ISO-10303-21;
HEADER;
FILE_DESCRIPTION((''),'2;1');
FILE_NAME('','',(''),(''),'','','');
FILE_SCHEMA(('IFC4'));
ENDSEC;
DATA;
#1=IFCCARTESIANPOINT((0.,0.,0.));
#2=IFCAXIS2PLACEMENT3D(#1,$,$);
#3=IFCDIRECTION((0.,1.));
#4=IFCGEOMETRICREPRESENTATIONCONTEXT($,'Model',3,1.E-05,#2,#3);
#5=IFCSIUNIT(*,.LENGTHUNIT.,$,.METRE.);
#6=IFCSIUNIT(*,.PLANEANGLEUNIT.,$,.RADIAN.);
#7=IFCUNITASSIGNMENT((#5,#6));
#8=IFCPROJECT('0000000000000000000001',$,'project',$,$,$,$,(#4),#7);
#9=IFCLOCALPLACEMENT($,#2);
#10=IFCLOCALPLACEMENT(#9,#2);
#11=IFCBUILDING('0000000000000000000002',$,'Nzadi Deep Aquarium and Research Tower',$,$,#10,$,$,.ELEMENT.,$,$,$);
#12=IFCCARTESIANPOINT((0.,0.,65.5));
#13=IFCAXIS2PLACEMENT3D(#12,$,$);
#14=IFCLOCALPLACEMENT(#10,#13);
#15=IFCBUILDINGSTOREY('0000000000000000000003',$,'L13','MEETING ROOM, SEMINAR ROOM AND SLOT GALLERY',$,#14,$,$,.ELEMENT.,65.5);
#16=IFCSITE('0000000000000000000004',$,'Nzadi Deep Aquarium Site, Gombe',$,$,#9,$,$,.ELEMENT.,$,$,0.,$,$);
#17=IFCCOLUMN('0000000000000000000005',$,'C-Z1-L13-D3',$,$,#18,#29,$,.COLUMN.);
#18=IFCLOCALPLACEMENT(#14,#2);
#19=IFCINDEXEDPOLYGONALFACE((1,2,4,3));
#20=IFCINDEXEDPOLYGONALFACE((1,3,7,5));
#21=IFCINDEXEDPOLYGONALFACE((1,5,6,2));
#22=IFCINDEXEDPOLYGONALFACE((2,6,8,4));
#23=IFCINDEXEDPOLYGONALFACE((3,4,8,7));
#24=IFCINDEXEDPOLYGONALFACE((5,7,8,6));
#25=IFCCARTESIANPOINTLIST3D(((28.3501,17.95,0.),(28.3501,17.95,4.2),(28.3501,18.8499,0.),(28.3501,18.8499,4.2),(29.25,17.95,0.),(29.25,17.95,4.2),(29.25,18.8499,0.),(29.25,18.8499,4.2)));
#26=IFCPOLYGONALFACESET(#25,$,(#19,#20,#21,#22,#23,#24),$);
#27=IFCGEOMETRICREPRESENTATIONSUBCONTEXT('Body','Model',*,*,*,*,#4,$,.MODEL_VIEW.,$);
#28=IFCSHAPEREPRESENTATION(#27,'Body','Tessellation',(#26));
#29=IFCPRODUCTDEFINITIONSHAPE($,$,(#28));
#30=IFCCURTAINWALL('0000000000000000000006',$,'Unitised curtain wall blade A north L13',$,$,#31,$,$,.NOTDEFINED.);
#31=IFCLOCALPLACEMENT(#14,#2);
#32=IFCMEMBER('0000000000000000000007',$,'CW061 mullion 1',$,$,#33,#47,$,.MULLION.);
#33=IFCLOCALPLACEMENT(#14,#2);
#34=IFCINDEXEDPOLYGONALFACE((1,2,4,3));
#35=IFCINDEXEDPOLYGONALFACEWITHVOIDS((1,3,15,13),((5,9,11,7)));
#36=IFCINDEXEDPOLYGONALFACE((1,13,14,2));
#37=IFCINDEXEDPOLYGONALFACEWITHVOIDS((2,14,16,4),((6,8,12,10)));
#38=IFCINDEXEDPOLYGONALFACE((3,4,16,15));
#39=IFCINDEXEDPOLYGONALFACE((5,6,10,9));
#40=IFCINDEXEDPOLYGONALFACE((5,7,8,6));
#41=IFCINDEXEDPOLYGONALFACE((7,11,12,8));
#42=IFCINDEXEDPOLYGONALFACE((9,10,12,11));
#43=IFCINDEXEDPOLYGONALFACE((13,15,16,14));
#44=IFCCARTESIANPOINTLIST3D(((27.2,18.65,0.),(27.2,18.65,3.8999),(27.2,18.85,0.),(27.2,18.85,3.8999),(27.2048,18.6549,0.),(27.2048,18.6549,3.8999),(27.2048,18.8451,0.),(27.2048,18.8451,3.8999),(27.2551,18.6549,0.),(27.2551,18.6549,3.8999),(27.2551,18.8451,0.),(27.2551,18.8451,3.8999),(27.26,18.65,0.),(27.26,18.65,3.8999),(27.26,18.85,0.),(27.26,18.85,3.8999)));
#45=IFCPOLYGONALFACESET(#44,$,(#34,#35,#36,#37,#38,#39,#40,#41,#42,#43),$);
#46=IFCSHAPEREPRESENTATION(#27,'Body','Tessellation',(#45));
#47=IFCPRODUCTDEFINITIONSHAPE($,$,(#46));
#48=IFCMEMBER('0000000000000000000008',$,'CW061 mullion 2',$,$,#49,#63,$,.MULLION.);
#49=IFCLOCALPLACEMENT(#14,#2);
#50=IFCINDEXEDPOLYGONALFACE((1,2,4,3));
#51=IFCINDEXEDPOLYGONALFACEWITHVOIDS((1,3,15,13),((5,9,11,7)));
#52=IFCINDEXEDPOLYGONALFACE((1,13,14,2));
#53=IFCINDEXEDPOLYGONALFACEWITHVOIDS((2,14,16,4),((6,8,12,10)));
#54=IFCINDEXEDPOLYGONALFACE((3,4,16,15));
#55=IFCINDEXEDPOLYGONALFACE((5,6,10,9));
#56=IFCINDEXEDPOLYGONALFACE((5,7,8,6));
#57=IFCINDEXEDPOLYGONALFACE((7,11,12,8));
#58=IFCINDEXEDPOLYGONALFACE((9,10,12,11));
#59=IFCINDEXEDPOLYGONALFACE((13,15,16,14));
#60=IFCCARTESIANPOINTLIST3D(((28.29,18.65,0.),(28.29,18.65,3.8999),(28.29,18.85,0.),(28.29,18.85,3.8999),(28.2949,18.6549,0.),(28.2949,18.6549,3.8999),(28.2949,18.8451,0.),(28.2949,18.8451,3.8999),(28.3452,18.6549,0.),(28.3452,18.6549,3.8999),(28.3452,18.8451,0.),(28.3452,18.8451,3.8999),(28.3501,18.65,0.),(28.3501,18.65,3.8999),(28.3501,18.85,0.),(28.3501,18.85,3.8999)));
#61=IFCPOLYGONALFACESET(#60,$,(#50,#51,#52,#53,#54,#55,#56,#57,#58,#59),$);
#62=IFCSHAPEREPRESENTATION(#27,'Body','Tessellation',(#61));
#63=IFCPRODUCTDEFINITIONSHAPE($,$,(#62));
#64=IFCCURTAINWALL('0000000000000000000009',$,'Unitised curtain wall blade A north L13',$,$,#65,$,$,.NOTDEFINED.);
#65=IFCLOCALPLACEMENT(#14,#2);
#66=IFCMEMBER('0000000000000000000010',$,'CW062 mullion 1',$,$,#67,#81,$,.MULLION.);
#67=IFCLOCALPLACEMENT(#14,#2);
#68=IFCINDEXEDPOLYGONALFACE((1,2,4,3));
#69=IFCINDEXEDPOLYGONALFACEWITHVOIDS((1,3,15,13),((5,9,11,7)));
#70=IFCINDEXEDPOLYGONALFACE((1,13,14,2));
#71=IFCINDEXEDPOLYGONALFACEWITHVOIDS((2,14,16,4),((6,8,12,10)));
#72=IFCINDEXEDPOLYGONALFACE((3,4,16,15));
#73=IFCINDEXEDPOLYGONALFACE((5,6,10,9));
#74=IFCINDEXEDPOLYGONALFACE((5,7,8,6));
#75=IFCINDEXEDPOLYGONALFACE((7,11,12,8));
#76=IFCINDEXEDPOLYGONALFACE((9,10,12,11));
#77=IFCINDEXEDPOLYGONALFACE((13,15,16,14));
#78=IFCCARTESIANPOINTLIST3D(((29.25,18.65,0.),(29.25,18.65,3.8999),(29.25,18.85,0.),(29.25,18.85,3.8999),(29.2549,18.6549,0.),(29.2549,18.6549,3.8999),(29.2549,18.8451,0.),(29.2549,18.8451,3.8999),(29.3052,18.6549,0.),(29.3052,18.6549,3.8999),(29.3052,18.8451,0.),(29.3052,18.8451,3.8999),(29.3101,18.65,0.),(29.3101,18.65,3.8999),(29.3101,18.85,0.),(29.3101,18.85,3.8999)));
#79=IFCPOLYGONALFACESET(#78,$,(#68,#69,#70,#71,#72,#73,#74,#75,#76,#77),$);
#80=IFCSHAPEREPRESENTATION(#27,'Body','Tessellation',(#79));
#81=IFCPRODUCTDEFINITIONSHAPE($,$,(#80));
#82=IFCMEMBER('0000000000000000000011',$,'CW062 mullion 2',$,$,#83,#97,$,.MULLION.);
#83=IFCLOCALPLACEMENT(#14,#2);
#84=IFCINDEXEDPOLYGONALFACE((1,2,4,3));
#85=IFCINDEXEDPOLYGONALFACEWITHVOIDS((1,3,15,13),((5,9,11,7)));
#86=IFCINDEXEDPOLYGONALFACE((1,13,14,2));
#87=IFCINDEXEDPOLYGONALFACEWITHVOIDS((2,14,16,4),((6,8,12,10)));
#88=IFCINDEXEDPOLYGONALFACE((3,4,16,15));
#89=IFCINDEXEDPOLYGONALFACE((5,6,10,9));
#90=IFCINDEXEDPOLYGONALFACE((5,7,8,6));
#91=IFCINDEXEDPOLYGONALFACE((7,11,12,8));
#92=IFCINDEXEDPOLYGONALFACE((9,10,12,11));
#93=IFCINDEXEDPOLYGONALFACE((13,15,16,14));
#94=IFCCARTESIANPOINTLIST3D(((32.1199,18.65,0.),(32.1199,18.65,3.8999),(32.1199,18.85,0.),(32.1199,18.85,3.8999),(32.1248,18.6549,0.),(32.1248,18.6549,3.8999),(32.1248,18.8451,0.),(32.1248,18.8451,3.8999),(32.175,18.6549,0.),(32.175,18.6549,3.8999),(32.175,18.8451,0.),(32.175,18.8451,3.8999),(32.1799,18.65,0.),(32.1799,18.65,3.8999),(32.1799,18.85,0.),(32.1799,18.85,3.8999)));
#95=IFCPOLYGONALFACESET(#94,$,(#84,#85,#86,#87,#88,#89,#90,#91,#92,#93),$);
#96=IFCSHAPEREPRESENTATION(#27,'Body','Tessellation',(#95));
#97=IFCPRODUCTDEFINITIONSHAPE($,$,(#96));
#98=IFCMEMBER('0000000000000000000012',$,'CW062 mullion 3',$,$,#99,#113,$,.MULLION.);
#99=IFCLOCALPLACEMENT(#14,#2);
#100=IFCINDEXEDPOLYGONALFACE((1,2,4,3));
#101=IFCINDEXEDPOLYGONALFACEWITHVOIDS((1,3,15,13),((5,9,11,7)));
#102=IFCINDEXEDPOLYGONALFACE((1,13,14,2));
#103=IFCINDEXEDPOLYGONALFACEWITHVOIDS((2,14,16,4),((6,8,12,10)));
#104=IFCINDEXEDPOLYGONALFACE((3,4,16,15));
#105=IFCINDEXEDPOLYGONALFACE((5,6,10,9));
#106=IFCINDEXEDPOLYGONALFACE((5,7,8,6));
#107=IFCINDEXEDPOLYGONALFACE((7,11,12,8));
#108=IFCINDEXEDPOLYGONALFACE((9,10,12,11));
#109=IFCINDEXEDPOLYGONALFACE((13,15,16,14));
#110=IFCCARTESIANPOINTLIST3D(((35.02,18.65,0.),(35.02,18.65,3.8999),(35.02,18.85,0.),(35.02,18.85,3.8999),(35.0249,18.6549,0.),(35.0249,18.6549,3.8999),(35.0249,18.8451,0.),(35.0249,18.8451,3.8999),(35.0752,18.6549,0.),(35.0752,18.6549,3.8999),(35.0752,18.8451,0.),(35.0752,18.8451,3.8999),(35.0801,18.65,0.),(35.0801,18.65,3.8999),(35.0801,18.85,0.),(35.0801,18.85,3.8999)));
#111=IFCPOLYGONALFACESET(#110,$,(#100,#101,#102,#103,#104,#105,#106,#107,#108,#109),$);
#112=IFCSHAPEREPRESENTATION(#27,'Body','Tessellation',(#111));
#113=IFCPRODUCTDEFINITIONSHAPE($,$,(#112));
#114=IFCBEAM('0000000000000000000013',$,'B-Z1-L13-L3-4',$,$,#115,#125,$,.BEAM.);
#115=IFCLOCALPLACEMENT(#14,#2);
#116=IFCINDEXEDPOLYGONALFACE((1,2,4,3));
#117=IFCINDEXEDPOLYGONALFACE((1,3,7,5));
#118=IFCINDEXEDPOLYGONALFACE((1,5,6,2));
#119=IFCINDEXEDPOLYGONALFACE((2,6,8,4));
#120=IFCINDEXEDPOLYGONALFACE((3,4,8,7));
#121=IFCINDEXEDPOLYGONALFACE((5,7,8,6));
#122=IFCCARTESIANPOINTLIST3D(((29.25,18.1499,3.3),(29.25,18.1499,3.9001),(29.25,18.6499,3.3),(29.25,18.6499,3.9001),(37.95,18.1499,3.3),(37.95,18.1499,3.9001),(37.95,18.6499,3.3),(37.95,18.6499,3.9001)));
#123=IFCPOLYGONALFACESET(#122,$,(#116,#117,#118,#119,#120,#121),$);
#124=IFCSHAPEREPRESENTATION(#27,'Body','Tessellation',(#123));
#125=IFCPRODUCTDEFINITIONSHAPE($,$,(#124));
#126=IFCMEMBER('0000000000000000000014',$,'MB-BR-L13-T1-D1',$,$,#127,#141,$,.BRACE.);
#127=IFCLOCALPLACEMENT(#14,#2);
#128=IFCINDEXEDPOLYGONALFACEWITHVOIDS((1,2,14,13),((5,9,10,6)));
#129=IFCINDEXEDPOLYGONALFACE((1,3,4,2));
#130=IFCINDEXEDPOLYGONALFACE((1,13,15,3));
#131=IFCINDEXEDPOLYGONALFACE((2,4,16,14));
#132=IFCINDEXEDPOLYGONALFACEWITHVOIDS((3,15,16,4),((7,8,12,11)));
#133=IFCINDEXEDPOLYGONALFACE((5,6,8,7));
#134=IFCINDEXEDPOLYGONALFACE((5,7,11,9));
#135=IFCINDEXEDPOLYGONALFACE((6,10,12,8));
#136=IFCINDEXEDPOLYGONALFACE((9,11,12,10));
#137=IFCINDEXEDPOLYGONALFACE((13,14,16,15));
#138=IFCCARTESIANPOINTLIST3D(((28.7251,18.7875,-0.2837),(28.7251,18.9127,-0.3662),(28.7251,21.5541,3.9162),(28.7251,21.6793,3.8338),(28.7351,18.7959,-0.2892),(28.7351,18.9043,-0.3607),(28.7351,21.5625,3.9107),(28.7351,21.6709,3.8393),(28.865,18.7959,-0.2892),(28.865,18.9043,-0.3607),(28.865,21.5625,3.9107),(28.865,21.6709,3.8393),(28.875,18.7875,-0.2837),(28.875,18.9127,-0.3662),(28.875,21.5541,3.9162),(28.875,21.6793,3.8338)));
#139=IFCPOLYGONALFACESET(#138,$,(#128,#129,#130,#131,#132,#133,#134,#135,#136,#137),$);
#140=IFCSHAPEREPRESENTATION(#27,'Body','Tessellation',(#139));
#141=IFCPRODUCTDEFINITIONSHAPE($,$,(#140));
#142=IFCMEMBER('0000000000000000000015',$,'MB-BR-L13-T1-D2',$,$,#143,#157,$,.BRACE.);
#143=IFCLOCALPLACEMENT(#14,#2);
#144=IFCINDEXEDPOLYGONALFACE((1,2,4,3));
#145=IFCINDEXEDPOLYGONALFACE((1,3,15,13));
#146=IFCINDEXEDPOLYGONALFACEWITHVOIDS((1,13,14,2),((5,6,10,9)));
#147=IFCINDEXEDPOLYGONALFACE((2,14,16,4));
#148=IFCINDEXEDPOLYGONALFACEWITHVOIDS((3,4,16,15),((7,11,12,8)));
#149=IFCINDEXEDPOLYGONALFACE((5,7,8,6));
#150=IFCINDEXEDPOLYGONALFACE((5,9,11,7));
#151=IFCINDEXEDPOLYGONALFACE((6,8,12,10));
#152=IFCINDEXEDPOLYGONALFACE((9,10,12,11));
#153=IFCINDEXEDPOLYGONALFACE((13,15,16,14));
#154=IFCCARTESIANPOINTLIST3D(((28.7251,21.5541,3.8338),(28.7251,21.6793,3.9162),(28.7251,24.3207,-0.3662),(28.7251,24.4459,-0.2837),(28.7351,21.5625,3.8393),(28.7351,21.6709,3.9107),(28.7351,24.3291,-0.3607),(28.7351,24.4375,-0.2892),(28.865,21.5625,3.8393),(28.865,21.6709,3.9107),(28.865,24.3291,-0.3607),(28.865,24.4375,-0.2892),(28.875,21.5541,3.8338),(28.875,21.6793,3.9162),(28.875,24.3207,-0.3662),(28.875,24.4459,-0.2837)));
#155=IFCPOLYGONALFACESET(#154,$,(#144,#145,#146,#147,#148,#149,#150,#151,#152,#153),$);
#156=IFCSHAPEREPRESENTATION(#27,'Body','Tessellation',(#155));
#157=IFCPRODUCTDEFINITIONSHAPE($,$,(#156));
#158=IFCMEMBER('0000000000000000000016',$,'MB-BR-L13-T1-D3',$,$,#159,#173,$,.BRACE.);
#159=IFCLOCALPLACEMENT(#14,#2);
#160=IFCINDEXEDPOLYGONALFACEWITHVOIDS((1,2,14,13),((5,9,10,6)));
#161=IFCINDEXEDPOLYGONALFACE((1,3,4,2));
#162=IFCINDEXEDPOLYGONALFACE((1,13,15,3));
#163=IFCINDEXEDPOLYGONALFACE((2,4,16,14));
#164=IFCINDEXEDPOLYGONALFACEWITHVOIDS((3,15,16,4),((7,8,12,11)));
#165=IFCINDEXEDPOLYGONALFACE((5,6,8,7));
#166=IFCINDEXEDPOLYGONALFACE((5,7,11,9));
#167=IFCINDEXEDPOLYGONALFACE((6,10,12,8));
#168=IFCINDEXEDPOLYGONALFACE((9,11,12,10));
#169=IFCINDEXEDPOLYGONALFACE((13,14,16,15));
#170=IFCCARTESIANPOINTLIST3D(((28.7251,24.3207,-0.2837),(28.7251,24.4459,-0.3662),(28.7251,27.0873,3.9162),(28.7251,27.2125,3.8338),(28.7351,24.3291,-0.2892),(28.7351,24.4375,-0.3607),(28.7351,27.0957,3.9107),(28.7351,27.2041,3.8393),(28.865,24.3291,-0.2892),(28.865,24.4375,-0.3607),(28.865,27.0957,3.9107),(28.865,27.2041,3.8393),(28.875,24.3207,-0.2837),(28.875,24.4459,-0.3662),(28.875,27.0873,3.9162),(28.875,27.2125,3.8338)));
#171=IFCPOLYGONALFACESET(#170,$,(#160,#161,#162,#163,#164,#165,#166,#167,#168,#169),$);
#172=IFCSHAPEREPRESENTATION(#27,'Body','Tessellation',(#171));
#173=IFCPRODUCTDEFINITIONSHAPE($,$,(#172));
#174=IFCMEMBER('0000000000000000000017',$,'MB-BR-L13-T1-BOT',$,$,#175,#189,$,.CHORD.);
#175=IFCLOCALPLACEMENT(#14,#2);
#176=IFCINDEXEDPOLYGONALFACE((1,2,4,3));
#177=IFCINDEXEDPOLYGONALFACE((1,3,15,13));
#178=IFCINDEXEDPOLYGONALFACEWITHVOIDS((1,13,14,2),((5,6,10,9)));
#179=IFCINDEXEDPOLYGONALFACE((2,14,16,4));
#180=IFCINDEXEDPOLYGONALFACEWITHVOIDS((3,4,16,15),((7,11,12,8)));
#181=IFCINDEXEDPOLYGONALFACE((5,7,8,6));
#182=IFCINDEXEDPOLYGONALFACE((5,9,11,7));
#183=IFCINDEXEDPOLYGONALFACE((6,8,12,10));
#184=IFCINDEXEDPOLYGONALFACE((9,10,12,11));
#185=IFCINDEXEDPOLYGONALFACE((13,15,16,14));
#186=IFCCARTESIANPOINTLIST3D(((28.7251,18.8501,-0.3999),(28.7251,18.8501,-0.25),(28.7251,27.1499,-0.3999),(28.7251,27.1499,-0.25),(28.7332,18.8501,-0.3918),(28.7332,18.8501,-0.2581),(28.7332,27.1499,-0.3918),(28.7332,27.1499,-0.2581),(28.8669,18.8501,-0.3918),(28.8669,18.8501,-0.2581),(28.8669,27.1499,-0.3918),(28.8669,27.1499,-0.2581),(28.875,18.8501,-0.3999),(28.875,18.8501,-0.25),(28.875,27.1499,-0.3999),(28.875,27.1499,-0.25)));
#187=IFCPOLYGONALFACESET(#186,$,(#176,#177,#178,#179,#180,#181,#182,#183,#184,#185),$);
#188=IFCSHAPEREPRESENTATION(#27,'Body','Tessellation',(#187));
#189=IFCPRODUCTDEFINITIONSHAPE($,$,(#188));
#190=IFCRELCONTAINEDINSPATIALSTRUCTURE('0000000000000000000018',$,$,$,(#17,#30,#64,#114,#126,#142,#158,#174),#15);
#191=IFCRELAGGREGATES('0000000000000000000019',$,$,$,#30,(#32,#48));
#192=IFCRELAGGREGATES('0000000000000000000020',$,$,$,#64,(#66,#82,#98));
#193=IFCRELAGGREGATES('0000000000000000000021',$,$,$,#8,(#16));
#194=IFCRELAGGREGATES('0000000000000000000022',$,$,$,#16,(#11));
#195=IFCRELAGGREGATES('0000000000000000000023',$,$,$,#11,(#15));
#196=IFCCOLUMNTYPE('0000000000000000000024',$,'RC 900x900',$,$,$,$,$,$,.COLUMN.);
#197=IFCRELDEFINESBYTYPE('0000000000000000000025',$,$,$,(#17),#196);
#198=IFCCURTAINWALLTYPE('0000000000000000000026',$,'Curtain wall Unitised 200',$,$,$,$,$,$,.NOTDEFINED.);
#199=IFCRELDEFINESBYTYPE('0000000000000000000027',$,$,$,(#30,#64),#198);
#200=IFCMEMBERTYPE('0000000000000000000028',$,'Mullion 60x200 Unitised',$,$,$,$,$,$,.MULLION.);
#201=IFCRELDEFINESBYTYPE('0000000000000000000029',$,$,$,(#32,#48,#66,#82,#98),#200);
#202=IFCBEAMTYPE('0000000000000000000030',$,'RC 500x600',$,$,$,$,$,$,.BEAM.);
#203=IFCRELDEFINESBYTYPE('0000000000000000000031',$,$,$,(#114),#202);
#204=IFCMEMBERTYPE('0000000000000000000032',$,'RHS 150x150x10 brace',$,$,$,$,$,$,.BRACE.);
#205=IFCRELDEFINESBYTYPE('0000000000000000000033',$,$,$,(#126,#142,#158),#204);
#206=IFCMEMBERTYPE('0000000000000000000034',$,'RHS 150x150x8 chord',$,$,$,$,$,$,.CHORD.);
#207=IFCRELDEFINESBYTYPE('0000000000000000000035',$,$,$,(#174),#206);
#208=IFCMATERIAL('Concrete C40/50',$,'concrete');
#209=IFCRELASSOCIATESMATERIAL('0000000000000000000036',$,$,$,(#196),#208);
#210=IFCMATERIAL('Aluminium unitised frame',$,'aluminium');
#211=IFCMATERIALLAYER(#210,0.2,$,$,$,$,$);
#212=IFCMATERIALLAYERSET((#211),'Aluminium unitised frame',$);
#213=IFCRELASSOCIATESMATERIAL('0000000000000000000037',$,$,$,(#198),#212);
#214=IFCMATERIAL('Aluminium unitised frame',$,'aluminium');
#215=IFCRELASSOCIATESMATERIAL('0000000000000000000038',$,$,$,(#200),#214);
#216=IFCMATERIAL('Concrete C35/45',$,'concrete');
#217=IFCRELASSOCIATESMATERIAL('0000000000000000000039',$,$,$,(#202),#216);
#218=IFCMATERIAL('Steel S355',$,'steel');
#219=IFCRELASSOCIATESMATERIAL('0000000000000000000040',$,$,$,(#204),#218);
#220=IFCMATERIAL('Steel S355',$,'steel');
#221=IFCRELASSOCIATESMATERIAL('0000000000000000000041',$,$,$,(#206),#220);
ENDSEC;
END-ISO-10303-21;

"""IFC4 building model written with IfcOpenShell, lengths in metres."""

from ifc_helpers import new_model, si_unit, direction, frame, origin, origin_2d, place, context, subcontext, project, spatial, rectangle, hollow_rectangle, extrude, material, layer, layer_set, material_profile, profile_set, type_object, element, aggregate, save


model = new_model("IFC4")

# Units and contexts
model_context = context("Model", 3, precision=1e-05, world=origin(), true_north=direction((0.0, 1.0)))
body_context = subcontext(model_context, "Body", "Model", "MODEL_VIEW")
ifc_project = project(units=[si_unit("LENGTHUNIT", "METRE"), si_unit("PLANEANGLEUNIT", "RADIAN")], contexts=[model_context])

# Site, building, storey
site_placement = place(None, origin())
site = spatial("IfcSite", under=ifc_project, at=site_placement, Name="Nzadi Deep Aquarium Site, Gombe", CompositionType="ELEMENT", RefElevation=0.0)
building_placement = place(site_placement, origin())
building = spatial("IfcBuilding", under=site, at=building_placement, Name="Nzadi Deep Aquarium and Research Tower", CompositionType="ELEMENT")
storey_placement = place(building_placement, frame((0.0, 0.0, 65.5)))
storey = spatial("IfcBuildingStorey", under=building, at=storey_placement, Name="L13", Description="MEETING ROOM, SEMINAR ROOM AND SLOT GALLERY", CompositionType="ELEMENT", Elevation=65.5)

# Column
ifc_material_1 = material(Name="Concrete C40/50", Category="concrete")
ifc_material_profile_1 = material_profile(ifc_material_1, rectangle(XDim=0.8999, YDim=0.8999, at=origin_2d()))
ifc_profile_set_1 = profile_set([ifc_material_profile_1], Name="Concrete C40/50")
column_type = type_object("IfcColumnType", Name="RC 900x900", PredefinedType="COLUMN", material=ifc_profile_set_1)
column_placement = place(storey_placement, frame((28.8, 18.3999, 0.0), z_axis=(0.0, 0.0, 1.0), x_axis=(1.0, 0.0, 0.0)))
element("IfcColumn", 1, at=column_placement, inside=storey, type_object=column_type, Name="C-Z1-L13-D3", PredefinedType="COLUMN", context=body_context, shape_type="SweptSolid", body=[
    extrude(rectangle(XDim=0.8999, YDim=0.8999, at=origin_2d()), origin(), (0.0, 0.0, 1.0), 4.2),
])

# Curtain walls, members
ifc_material_2 = material(Name="Aluminium unitised frame", Category="aluminium")
ifc_layer_1 = layer(ifc_material_2, 0.2)
ifc_layer_set_1 = layer_set([ifc_layer_1], Name="Aluminium unitised frame")
curtain_wall_type = type_object("IfcCurtainWallType", Name="Curtain wall Unitised 200", PredefinedType="NOTDEFINED", material=ifc_layer_set_1)
curtain_wall_1_placement = place(storey_placement, origin())
curtain_wall_1 = element("IfcCurtainWall", 2, at=curtain_wall_1_placement, inside=storey, type_object=curtain_wall_type, Name="Unitised curtain wall blade A north L13", PredefinedType="NOTDEFINED")
ifc_material_3 = material(Name="Aluminium unitised frame", Category="aluminium")
ifc_material_profile_2 = material_profile(ifc_material_3, hollow_rectangle(XDim=0.2, YDim=0.0601, WallThickness=0.0049, at=origin_2d()))
ifc_profile_set_2 = profile_set([ifc_material_profile_2], Name="Aluminium unitised frame")
member_type_1 = type_object("IfcMemberType", Name="Mullion 60x200 Unitised", PredefinedType="MULLION", material=ifc_profile_set_2)
member_1_placement = place(storey_placement, frame((27.23, 18.75, 0.0), z_axis=(0.0, 0.0, 1.0), x_axis=(0.0, 1.0, 0.0)))
member_1 = element("IfcMember", 3, at=member_1_placement, type_object=member_type_1, Name="CW061 mullion 1", PredefinedType="MULLION", context=body_context, shape_type="SweptSolid", body=[
    extrude(hollow_rectangle(XDim=0.2, YDim=0.0601, WallThickness=0.0049, at=origin_2d()), origin(), (0.0, 0.0, 1.0), 3.8999),
])
member_2_placement = place(storey_placement, frame((28.3201, 18.75, 0.0), z_axis=(0.0, 0.0, 1.0), x_axis=(0.0, 1.0, 0.0)))
member_2 = element("IfcMember", 4, at=member_2_placement, type_object=member_type_1, Name="CW061 mullion 2", PredefinedType="MULLION", context=body_context, shape_type="SweptSolid", body=[
    extrude(hollow_rectangle(XDim=0.2, YDim=0.0601, WallThickness=0.0049, at=origin_2d()), origin(), (0.0, 0.0, 1.0), 3.8999),
])
curtain_wall_2_placement = place(storey_placement, origin())
curtain_wall_2 = element("IfcCurtainWall", 5, at=curtain_wall_2_placement, inside=storey, type_object=curtain_wall_type, Name="Unitised curtain wall blade A north L13", PredefinedType="NOTDEFINED")
member_3_placement = place(storey_placement, frame((29.28, 18.75, 0.0), z_axis=(0.0, 0.0, 1.0), x_axis=(0.0, 1.0, 0.0)))
member_3 = element("IfcMember", 6, at=member_3_placement, type_object=member_type_1, Name="CW062 mullion 1", PredefinedType="MULLION", context=body_context, shape_type="SweptSolid", body=[
    extrude(hollow_rectangle(XDim=0.2, YDim=0.0601, WallThickness=0.0049, at=origin_2d()), origin(), (0.0, 0.0, 1.0), 3.8999),
])
member_4_placement = place(storey_placement, frame((32.1499, 18.75, 0.0), z_axis=(0.0, 0.0, 1.0), x_axis=(0.0, 1.0, 0.0)))
member_4 = element("IfcMember", 7, at=member_4_placement, type_object=member_type_1, Name="CW062 mullion 2", PredefinedType="MULLION", context=body_context, shape_type="SweptSolid", body=[
    extrude(hollow_rectangle(XDim=0.2, YDim=0.0601, WallThickness=0.0049, at=origin_2d()), origin(), (0.0, 0.0, 1.0), 3.8999),
])
member_5_placement = place(storey_placement, frame((35.05, 18.75, 0.0), z_axis=(0.0, 0.0, 1.0), x_axis=(0.0, 1.0, 0.0)))
member_5 = element("IfcMember", 8, at=member_5_placement, type_object=member_type_1, Name="CW062 mullion 3", PredefinedType="MULLION", context=body_context, shape_type="SweptSolid", body=[
    extrude(hollow_rectangle(XDim=0.2, YDim=0.0601, WallThickness=0.0049, at=origin_2d()), origin(), (0.0, 0.0, 1.0), 3.8999),
])

# Beam
ifc_material_4 = material(Name="Concrete C35/45", Category="concrete")
ifc_material_profile_3 = material_profile(ifc_material_4, rectangle(XDim=0.5, YDim=0.6001, at=origin_2d()))
ifc_profile_set_3 = profile_set([ifc_material_profile_3], Name="Concrete C35/45")
beam_type = type_object("IfcBeamType", Name="RC 500x600", PredefinedType="BEAM", material=ifc_profile_set_3)
beam_placement = place(storey_placement, frame((29.25, 18.3999, 3.6001), z_axis=(1.0, 0.0, 0.0), x_axis=(0.0, 1.0, 0.0)))
element("IfcBeam", 9, at=beam_placement, inside=storey, type_object=beam_type, Name="B-Z1-L13-L3-4", PredefinedType="BEAM", context=body_context, shape_type="SweptSolid", body=[
    extrude(rectangle(XDim=0.5, YDim=0.6001, at=origin_2d()), origin(), (0.0, 0.0, 1.0), 8.7),
])

# Members
ifc_material_5 = material(Name="Steel S355", Category="steel")
ifc_material_profile_4 = material_profile(ifc_material_5, hollow_rectangle(XDim=0.1499, YDim=0.1499, WallThickness=0.01, at=origin_2d()))
ifc_profile_set_4 = profile_set([ifc_material_profile_4], Name="Steel S355")
member_type_2 = type_object("IfcMemberType", Name="RHS 150x150x10 brace", PredefinedType="BRACE", material=ifc_profile_set_4)
for number, where, z_axis, x_axis, name in (
    (10, (28.8, 18.8501, -0.325), (0.0, 0.550099, 0.8351), (-1.0, 0.0, 0.0), "MB-BR-L13-T1-D1"),
    (11, (28.8, 21.6167, 3.875), (0.0, 0.550099, -0.8351), (-1.0, 0.0, 0.0), "MB-BR-L13-T1-D2"),
    (12, (28.8, 24.3833, -0.325), (0.0, 0.550099, 0.8351), (-1.0, 0.0, 0.0), "MB-BR-L13-T1-D3"),
):
    element("IfcMember", number, at=place(storey_placement, frame(where, z_axis=z_axis, x_axis=x_axis)), inside=storey, type_object=member_type_2, Name=name, PredefinedType="BRACE", context=body_context, shape_type="SweptSolid", body=[
        extrude(hollow_rectangle(XDim=0.1499, YDim=0.1499, WallThickness=0.01, at=origin_2d()), origin(), (0.0, 0.0, 1.0), 5.0293),
    ])
ifc_material_6 = material(Name="Steel S355", Category="steel")
ifc_material_profile_5 = material_profile(ifc_material_6, hollow_rectangle(XDim=0.1499, YDim=0.1499, WallThickness=0.0081, at=origin_2d()))
ifc_profile_set_5 = profile_set([ifc_material_profile_5], Name="Steel S355")
member_type_3 = type_object("IfcMemberType", Name="RHS 150x150x8 chord", PredefinedType="CHORD", material=ifc_profile_set_5)
for number, where, z_axis, x_axis, name in (
    (13, (28.8, 18.8501, -0.325), (0.0, 1.0, 0.0), (-1.0, 0.0, 0.0), "MB-BR-L13-T1-BOT"),
):
    element("IfcMember", number, at=place(storey_placement, frame(where, z_axis=z_axis, x_axis=x_axis)), inside=storey, type_object=member_type_3, Name=name, PredefinedType="CHORD", context=body_context, shape_type="SweptSolid", body=[
        extrude(hollow_rectangle(XDim=0.1499, YDim=0.1499, WallThickness=0.0081, at=origin_2d()), origin(), (0.0, 0.0, 1.0), 8.2998),
    ])

aggregate(curtain_wall_1, [member_1, member_2])
aggregate(curtain_wall_2, [member_3, member_4, member_5])

save(model, "model.ifc")
